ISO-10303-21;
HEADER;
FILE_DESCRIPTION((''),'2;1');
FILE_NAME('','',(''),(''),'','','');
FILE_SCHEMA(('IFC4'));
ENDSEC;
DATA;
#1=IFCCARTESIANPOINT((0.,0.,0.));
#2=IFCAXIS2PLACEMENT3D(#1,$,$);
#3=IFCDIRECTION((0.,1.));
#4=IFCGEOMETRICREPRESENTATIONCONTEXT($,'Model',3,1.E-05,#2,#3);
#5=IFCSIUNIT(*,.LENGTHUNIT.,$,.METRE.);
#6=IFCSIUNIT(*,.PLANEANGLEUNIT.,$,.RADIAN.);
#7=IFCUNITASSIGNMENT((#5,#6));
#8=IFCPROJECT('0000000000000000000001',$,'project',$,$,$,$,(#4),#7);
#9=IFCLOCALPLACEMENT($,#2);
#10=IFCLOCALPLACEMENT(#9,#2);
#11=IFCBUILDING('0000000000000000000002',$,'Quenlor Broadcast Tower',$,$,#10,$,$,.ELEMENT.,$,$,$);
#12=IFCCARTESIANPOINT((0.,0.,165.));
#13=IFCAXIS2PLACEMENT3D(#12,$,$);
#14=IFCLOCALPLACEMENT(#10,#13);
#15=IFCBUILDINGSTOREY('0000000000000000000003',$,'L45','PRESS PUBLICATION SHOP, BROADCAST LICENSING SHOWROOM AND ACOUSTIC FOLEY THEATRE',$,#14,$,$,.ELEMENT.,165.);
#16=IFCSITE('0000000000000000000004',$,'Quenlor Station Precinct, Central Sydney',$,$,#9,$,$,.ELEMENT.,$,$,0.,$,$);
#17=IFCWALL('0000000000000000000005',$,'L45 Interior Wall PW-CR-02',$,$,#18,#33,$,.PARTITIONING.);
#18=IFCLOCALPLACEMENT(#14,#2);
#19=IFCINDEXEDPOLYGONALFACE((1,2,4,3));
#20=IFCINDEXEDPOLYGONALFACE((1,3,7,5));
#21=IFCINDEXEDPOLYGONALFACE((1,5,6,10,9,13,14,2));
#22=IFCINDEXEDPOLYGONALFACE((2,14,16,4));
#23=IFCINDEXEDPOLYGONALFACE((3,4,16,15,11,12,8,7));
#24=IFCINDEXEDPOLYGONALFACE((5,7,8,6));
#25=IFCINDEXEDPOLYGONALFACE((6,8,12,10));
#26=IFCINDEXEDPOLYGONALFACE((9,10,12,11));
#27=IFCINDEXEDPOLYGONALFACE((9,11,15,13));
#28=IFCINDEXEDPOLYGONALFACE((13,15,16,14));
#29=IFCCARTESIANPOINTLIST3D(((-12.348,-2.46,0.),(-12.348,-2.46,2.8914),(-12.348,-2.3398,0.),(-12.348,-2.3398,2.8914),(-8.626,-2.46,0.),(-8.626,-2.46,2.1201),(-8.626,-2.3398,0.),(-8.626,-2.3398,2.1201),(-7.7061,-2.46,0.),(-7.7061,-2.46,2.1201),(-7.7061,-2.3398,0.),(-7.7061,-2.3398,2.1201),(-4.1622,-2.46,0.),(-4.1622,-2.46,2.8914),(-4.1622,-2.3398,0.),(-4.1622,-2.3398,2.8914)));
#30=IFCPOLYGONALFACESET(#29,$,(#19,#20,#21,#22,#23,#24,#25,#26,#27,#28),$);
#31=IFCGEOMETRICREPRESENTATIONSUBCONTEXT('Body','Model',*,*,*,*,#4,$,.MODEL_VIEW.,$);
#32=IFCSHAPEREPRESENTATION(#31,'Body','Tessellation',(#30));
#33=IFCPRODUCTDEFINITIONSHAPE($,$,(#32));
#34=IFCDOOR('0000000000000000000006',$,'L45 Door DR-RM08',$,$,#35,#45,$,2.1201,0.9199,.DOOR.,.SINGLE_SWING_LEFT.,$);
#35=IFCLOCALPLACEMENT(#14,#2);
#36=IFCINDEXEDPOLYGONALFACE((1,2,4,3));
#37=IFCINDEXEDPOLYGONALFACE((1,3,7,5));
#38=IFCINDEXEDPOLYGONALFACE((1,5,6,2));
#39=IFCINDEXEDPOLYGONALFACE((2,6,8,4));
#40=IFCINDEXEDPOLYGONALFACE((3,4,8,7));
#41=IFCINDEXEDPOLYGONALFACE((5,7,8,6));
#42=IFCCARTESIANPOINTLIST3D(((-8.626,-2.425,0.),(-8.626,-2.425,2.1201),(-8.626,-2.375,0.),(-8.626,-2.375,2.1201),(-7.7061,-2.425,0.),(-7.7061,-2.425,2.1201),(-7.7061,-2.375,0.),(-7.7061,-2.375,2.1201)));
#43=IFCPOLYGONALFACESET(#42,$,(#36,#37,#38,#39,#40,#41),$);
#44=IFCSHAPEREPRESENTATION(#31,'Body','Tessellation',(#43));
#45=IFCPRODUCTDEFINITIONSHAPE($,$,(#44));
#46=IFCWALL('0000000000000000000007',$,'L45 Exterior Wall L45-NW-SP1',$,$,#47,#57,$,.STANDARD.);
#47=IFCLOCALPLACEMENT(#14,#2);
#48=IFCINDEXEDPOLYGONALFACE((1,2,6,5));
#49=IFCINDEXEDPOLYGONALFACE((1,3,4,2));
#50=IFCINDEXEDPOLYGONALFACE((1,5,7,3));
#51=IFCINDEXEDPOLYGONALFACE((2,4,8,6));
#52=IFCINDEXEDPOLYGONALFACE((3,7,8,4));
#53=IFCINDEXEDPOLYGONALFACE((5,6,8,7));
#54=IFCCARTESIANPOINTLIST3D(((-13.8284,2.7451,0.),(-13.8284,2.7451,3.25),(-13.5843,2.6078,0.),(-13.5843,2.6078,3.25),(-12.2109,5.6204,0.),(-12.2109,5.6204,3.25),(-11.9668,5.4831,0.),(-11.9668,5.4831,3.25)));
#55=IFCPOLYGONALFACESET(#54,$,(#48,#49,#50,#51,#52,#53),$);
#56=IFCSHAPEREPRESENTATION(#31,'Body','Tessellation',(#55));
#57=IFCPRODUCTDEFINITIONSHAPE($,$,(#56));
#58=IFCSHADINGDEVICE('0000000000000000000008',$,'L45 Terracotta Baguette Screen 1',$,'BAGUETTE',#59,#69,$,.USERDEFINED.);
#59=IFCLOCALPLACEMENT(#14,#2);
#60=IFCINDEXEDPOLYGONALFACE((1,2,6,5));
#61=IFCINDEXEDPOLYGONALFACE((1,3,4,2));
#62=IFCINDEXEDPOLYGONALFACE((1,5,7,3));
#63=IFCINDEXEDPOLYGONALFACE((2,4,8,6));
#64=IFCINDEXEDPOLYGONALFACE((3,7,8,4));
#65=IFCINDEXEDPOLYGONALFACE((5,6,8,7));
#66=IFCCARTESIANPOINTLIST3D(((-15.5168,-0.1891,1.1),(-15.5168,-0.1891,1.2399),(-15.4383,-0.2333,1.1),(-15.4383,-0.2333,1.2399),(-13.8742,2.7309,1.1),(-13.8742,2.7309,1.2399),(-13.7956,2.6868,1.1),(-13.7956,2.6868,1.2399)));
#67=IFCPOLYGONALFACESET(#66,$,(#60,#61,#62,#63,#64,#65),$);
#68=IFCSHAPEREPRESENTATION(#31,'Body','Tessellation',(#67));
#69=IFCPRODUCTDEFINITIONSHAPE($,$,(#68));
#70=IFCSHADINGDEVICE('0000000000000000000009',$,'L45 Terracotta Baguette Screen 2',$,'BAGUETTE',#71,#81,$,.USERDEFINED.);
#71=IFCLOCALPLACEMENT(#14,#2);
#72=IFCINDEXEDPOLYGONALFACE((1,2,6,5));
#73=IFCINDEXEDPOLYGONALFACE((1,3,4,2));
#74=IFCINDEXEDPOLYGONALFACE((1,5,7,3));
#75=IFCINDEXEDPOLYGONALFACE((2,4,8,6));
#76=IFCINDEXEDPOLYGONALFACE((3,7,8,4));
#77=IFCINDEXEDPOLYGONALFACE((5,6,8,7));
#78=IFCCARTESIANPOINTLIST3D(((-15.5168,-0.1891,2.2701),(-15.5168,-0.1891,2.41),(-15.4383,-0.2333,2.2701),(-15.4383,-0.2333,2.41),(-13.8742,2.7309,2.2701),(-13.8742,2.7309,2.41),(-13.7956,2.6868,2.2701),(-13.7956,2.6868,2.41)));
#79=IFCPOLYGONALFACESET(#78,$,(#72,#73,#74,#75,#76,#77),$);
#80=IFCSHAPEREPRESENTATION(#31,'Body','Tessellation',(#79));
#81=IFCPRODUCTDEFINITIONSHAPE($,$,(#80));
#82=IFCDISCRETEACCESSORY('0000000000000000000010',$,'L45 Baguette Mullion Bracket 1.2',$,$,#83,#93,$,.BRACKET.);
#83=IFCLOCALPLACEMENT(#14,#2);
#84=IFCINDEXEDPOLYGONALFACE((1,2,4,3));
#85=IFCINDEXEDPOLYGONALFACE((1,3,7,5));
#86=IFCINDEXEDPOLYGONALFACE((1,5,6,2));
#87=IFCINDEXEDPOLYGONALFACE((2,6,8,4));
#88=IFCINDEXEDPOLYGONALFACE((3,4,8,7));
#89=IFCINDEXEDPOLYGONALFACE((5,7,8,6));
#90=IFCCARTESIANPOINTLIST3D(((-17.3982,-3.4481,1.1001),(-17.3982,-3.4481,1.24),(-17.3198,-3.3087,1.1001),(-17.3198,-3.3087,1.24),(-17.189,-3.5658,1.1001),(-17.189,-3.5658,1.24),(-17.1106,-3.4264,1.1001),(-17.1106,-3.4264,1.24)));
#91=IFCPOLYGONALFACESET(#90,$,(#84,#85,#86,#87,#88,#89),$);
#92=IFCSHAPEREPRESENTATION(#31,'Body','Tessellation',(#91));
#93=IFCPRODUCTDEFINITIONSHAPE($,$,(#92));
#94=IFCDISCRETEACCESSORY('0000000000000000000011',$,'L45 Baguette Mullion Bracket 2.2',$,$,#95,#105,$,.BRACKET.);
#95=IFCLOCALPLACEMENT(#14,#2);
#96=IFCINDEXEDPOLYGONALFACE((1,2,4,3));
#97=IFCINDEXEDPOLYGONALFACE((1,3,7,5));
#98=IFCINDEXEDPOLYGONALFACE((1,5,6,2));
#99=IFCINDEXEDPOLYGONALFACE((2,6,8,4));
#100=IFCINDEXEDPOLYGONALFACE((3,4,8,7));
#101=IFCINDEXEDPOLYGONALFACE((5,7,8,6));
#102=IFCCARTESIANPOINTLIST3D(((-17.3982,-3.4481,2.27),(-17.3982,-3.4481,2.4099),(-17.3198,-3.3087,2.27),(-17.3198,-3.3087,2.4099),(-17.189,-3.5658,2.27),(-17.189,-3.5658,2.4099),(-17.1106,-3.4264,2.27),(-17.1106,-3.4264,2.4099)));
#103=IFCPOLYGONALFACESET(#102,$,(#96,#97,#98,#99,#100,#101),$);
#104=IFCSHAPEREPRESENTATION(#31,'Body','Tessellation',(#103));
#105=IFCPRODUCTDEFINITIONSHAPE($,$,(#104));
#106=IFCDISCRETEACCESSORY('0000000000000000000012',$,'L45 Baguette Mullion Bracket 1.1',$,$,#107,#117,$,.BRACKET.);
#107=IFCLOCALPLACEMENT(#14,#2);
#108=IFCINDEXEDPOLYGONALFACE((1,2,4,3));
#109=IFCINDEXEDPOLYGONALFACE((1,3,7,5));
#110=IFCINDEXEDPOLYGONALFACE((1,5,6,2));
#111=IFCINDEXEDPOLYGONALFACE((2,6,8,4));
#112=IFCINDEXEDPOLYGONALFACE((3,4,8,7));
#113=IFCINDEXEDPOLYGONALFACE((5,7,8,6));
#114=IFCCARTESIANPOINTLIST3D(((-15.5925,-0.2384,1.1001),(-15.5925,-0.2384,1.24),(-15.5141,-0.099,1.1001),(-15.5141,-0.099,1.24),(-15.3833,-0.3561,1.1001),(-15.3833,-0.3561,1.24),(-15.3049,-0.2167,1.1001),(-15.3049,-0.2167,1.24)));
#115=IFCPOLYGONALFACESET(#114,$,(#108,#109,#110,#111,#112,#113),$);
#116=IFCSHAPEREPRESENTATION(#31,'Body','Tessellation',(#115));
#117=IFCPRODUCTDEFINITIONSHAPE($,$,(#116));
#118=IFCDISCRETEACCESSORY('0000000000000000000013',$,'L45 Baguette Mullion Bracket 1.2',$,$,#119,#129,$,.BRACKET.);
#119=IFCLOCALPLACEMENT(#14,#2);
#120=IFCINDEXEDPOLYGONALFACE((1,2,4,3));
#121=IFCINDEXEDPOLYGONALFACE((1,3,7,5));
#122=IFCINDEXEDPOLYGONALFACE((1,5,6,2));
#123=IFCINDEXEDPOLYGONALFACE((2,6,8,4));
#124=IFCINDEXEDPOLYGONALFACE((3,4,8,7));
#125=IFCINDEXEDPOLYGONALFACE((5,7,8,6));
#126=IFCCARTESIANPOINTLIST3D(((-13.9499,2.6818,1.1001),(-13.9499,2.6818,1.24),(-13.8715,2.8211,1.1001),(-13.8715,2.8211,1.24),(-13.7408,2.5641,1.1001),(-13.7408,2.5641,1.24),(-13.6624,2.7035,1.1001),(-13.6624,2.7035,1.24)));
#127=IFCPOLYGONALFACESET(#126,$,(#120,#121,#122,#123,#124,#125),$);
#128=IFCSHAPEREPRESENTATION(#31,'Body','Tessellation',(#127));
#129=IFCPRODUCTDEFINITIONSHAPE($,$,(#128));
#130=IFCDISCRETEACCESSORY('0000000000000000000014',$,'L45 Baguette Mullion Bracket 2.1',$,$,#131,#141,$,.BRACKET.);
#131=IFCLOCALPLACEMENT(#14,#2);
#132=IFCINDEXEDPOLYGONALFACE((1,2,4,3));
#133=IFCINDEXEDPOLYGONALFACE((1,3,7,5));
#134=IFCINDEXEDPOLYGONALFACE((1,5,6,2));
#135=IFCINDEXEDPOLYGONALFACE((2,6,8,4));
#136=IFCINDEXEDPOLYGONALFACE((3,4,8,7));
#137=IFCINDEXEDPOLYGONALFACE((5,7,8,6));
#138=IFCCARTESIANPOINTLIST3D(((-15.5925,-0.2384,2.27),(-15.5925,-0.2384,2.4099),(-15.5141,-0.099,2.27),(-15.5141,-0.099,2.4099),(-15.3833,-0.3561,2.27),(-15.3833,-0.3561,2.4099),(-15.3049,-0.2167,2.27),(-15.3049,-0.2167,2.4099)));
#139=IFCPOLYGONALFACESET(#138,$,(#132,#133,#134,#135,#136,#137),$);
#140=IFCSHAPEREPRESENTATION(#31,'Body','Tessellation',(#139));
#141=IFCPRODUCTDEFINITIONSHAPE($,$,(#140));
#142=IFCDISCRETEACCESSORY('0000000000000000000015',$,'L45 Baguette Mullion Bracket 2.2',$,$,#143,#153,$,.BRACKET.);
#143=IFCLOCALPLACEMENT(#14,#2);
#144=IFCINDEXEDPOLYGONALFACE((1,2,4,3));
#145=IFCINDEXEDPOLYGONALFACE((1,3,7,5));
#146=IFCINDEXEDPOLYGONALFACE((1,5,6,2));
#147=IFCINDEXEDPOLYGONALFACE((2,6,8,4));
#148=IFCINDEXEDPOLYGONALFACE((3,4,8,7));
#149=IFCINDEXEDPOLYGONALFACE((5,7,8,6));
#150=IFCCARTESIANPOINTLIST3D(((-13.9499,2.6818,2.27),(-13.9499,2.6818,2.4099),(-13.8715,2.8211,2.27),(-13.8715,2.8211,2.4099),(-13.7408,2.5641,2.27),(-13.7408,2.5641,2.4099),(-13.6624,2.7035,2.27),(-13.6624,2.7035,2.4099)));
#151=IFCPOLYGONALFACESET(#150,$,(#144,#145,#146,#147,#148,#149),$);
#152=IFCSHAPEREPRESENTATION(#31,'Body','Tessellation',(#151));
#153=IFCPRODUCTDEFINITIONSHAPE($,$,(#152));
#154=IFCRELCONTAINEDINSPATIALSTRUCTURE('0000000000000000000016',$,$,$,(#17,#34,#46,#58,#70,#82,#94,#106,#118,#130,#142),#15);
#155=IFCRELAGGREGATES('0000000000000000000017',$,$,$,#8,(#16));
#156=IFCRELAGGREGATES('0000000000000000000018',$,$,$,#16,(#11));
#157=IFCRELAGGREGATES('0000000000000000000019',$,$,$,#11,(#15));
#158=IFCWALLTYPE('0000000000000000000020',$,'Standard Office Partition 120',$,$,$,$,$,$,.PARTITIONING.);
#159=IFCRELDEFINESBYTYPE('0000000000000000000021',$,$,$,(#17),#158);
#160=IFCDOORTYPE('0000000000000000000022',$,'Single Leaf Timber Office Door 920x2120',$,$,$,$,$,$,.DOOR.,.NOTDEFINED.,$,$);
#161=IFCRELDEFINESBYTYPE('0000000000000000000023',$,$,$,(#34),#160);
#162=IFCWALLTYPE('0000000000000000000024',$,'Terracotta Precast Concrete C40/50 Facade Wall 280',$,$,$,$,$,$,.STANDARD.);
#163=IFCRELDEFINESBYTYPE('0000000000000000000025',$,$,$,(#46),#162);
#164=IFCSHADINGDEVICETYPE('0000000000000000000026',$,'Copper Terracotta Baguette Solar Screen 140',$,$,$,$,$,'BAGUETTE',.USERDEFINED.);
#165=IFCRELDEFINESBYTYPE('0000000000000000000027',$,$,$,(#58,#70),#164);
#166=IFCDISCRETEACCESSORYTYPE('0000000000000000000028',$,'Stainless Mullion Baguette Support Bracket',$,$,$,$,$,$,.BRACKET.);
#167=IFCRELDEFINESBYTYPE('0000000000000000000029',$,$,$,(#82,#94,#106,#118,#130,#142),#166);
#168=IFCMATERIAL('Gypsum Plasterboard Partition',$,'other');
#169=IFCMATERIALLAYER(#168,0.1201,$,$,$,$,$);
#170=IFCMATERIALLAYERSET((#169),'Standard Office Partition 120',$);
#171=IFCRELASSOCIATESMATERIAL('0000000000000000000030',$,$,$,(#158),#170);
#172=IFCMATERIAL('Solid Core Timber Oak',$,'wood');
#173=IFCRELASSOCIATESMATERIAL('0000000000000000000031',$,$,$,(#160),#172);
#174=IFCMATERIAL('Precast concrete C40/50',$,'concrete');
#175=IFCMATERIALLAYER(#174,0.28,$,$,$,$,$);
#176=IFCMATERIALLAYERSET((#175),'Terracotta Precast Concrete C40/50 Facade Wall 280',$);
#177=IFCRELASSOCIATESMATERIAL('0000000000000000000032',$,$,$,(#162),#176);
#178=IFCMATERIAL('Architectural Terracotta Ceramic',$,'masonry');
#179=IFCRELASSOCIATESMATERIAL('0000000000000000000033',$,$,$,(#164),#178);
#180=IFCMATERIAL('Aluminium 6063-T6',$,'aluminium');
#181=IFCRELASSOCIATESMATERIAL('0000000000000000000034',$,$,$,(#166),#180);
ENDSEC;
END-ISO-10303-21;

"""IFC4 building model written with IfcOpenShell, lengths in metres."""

from ifc_helpers import new_model, si_unit, direction, frame, frame_2d, origin, origin_2d, place, context, subcontext, project, spatial, rectangle, extrude, material, layer, layer_set, material_profile, profile_set, type_object, element, fill, save


model = new_model("IFC4")

# Units and contexts
model_context = context("Model", 3, precision=1e-05, world=origin(), true_north=direction((0.0, 1.0)))
body_context = subcontext(model_context, "Body", "Model", "MODEL_VIEW")
ifc_project = project(units=[si_unit("LENGTHUNIT", "METRE"), si_unit("PLANEANGLEUNIT", "RADIAN")], contexts=[model_context])

# Site, building, storey
site_placement = place(None, origin())
site = spatial("IfcSite", under=ifc_project, at=site_placement, Name="Quenlor Station Precinct, Central Sydney", CompositionType="ELEMENT", RefElevation=0.0)
building_placement = place(site_placement, origin())
building = spatial("IfcBuilding", under=site, at=building_placement, Name="Quenlor Broadcast Tower", CompositionType="ELEMENT")
storey_placement = place(building_placement, frame((0.0, 0.0, 165.0)))
storey = spatial("IfcBuildingStorey", under=building, at=storey_placement, Name="L45", Description="PRESS PUBLICATION SHOP, BROADCAST LICENSING SHOWROOM AND ACOUSTIC FOLEY THEATRE", CompositionType="ELEMENT", Elevation=165.0)

# Wall, opening, door
ifc_material_1 = material(Name="Gypsum Plasterboard Partition", Category="other")
ifc_layer_1 = layer(ifc_material_1, 0.1201)
ifc_layer_set_1 = layer_set([ifc_layer_1], Name="Standard Office Partition 120")
wall_type_1 = type_object("IfcWallType", Name="Standard Office Partition 120", PredefinedType="PARTITIONING", material=ifc_layer_set_1)
wall_1_placement = place(storey_placement, frame((-12.3479, -2.3999, 0.0), z_axis=(0.0, 0.0, 1.0), x_axis=(1.0, 0.0, 0.0)))
wall_1 = element("IfcWall", 1, at=wall_1_placement, inside=storey, type_object=wall_type_1, Name="L45 Interior Wall PW-CR-02", PredefinedType="PARTITIONING", context=body_context, shape_type="SweptSolid", body=[
    extrude(rectangle(XDim=8.1858, YDim=0.1201, at=frame_2d((4.0928, 0.0))), origin(), (0.0, 0.0, 1.0), 2.8914),
])
opening_placement = place(wall_1_placement, frame((3.7219, 0.0, 0.0)))
opening = element("IfcOpeningElement", 2, at=opening_placement, cuts=wall_1, PredefinedType="OPENING", context=body_context, shape_type="SweptSolid", body=[
    extrude(rectangle(XDim=0.9199, YDim=2.1201, at=frame_2d((0.46, 1.0601))), frame((0.0, 0.0701, 0.0), z_axis=(0.0, -1.0, 0.0), x_axis=(1.0, 0.0, 0.0)), (0.0, 0.0, 1.0), 0.1401),
])
ifc_material_2 = material(Name="Solid Core Timber Oak", Category="wood")
door_type = type_object("IfcDoorType", Name="Single Leaf Timber Office Door 920x2120", OperationType="NOTDEFINED", PredefinedType="DOOR", material=ifc_material_2)
door_placement = place(opening_placement, origin())
door = element("IfcDoor", 3, at=door_placement, inside=storey, type_object=door_type, Name="L45 Door DR-RM08", OperationType="SINGLE_SWING_LEFT", OverallHeight=2.1201, OverallWidth=0.9199, PredefinedType="DOOR", context=body_context, shape_type="SweptSolid", body=[
    extrude(rectangle(XDim=0.9199, YDim=2.1201, at=frame_2d((0.46, 1.0601))), frame((0.0, 0.0249, 0.0), z_axis=(0.0, -1.0, 0.0), x_axis=(1.0, 0.0, 0.0)), (0.0, 0.0, 1.0), 0.05),
])
fill(opening, door)

# Wall
ifc_material_3 = material(Name="Precast concrete C40/50", Category="concrete")
ifc_layer_2 = layer(ifc_material_3, 0.28)
ifc_layer_set_2 = layer_set([ifc_layer_2], Name="Terracotta Precast Concrete C40/50 Facade Wall 280")
wall_type_2 = type_object("IfcWallType", Name="Terracotta Precast Concrete C40/50 Facade Wall 280", PredefinedType="STANDARD", material=ifc_layer_set_2)
wall_2_placement = place(storey_placement, frame((-13.7063, 2.6765, 0.0), z_axis=(0.0, 0.0, 1.0), x_axis=(0.490286, 0.871562, 0.0)))
element("IfcWall", 4, at=wall_2_placement, inside=storey, type_object=wall_type_2, Name="L45 Exterior Wall L45-NW-SP1", PredefinedType="STANDARD", context=body_context, shape_type="SweptSolid", body=[
    extrude(rectangle(XDim=3.2991, YDim=0.28, at=frame_2d((1.6494, 0.0))), origin(), (0.0, 0.0, 1.0), 3.25),
])

# Shading devices
ifc_material_4 = material(Name="Architectural Terracotta Ceramic", Category="masonry")
ifc_material_profile_1 = material_profile(ifc_material_4, rectangle(XDim=0.0901, YDim=0.1399, at=origin_2d()))
ifc_profile_set_1 = profile_set([ifc_material_profile_1], Name="Architectural Terracotta Ceramic BAG90x140")
shading_device_type = type_object("IfcShadingDeviceType", Name="Copper Terracotta Baguette Solar Screen 140", ElementType="BAGUETTE", PredefinedType="USERDEFINED", material=ifc_profile_set_1)
for number, where, z_axis, x_axis, name in (
    (5, (-15.4775, -0.2112, 1.1699), (0.490289, 0.87156, 0.0), (-0.87156, 0.490289, 0.0), "L45 Terracotta Baguette Screen 1"),
    (6, (-15.4775, -0.2112, 2.3401), (0.490289, 0.87156, 0.0), (-0.87156, 0.490289, 0.0), "L45 Terracotta Baguette Screen 2"),
):
    element("IfcShadingDevice", number, at=place(storey_placement, frame(where, z_axis=z_axis, x_axis=x_axis)), inside=storey, type_object=shading_device_type, Name=name, ObjectType="BAGUETTE", PredefinedType="USERDEFINED", context=body_context, shape_type="SweptSolid", body=[
        extrude(rectangle(XDim=0.0901, YDim=0.1399, at=origin_2d()), origin(), (0.0, 0.0, 1.0), 3.3503),
    ])

# Discrete accessories
ifc_material_5 = material(Name="Aluminium 6063-T6", Category="aluminium")
discrete_accessory_type = type_object("IfcDiscreteAccessoryType", Name="Stainless Mullion Baguette Support Bracket", PredefinedType="BRACKET", material=ifc_material_5)
for number, where, z_axis, x_axis, name in (
    (7, (-17.2544, -3.4373, 1.1001), (0.0, 0.0, 1.0), (0.490259, 0.871577, 0.0), "L45 Baguette Mullion Bracket 1.2"),
    (8, (-17.2544, -3.4373, 2.27), (0.0, 0.0, 1.0), (0.490259, 0.871577, 0.0), "L45 Baguette Mullion Bracket 2.2"),
    (9, (-15.4487, -0.2275, 1.1001), (0.0, 0.0, 1.0), (0.490268, 0.871572, 0.0), "L45 Baguette Mullion Bracket 1.1"),
    (10, (-13.8062, 2.6926, 1.1001), (0.0, 0.0, 1.0), (0.490268, 0.871572, 0.0), "L45 Baguette Mullion Bracket 1.2"),
    (11, (-15.4487, -0.2275, 2.27), (0.0, 0.0, 1.0), (0.490268, 0.871572, 0.0), "L45 Baguette Mullion Bracket 2.1"),
    (12, (-13.8062, 2.6926, 2.27), (0.0, 0.0, 1.0), (0.490268, 0.871572, 0.0), "L45 Baguette Mullion Bracket 2.2"),
):
    element("IfcDiscreteAccessory", number, at=place(storey_placement, frame(where, z_axis=z_axis, x_axis=x_axis)), inside=storey, type_object=discrete_accessory_type, Name=name, PredefinedType="BRACKET", context=body_context, shape_type="SweptSolid", body=[
        extrude(rectangle(XDim=0.1599, YDim=0.24, at=origin_2d()), origin(), (0.0, 0.0, 1.0), 0.1399),
    ])

save(model, "model.ifc")
